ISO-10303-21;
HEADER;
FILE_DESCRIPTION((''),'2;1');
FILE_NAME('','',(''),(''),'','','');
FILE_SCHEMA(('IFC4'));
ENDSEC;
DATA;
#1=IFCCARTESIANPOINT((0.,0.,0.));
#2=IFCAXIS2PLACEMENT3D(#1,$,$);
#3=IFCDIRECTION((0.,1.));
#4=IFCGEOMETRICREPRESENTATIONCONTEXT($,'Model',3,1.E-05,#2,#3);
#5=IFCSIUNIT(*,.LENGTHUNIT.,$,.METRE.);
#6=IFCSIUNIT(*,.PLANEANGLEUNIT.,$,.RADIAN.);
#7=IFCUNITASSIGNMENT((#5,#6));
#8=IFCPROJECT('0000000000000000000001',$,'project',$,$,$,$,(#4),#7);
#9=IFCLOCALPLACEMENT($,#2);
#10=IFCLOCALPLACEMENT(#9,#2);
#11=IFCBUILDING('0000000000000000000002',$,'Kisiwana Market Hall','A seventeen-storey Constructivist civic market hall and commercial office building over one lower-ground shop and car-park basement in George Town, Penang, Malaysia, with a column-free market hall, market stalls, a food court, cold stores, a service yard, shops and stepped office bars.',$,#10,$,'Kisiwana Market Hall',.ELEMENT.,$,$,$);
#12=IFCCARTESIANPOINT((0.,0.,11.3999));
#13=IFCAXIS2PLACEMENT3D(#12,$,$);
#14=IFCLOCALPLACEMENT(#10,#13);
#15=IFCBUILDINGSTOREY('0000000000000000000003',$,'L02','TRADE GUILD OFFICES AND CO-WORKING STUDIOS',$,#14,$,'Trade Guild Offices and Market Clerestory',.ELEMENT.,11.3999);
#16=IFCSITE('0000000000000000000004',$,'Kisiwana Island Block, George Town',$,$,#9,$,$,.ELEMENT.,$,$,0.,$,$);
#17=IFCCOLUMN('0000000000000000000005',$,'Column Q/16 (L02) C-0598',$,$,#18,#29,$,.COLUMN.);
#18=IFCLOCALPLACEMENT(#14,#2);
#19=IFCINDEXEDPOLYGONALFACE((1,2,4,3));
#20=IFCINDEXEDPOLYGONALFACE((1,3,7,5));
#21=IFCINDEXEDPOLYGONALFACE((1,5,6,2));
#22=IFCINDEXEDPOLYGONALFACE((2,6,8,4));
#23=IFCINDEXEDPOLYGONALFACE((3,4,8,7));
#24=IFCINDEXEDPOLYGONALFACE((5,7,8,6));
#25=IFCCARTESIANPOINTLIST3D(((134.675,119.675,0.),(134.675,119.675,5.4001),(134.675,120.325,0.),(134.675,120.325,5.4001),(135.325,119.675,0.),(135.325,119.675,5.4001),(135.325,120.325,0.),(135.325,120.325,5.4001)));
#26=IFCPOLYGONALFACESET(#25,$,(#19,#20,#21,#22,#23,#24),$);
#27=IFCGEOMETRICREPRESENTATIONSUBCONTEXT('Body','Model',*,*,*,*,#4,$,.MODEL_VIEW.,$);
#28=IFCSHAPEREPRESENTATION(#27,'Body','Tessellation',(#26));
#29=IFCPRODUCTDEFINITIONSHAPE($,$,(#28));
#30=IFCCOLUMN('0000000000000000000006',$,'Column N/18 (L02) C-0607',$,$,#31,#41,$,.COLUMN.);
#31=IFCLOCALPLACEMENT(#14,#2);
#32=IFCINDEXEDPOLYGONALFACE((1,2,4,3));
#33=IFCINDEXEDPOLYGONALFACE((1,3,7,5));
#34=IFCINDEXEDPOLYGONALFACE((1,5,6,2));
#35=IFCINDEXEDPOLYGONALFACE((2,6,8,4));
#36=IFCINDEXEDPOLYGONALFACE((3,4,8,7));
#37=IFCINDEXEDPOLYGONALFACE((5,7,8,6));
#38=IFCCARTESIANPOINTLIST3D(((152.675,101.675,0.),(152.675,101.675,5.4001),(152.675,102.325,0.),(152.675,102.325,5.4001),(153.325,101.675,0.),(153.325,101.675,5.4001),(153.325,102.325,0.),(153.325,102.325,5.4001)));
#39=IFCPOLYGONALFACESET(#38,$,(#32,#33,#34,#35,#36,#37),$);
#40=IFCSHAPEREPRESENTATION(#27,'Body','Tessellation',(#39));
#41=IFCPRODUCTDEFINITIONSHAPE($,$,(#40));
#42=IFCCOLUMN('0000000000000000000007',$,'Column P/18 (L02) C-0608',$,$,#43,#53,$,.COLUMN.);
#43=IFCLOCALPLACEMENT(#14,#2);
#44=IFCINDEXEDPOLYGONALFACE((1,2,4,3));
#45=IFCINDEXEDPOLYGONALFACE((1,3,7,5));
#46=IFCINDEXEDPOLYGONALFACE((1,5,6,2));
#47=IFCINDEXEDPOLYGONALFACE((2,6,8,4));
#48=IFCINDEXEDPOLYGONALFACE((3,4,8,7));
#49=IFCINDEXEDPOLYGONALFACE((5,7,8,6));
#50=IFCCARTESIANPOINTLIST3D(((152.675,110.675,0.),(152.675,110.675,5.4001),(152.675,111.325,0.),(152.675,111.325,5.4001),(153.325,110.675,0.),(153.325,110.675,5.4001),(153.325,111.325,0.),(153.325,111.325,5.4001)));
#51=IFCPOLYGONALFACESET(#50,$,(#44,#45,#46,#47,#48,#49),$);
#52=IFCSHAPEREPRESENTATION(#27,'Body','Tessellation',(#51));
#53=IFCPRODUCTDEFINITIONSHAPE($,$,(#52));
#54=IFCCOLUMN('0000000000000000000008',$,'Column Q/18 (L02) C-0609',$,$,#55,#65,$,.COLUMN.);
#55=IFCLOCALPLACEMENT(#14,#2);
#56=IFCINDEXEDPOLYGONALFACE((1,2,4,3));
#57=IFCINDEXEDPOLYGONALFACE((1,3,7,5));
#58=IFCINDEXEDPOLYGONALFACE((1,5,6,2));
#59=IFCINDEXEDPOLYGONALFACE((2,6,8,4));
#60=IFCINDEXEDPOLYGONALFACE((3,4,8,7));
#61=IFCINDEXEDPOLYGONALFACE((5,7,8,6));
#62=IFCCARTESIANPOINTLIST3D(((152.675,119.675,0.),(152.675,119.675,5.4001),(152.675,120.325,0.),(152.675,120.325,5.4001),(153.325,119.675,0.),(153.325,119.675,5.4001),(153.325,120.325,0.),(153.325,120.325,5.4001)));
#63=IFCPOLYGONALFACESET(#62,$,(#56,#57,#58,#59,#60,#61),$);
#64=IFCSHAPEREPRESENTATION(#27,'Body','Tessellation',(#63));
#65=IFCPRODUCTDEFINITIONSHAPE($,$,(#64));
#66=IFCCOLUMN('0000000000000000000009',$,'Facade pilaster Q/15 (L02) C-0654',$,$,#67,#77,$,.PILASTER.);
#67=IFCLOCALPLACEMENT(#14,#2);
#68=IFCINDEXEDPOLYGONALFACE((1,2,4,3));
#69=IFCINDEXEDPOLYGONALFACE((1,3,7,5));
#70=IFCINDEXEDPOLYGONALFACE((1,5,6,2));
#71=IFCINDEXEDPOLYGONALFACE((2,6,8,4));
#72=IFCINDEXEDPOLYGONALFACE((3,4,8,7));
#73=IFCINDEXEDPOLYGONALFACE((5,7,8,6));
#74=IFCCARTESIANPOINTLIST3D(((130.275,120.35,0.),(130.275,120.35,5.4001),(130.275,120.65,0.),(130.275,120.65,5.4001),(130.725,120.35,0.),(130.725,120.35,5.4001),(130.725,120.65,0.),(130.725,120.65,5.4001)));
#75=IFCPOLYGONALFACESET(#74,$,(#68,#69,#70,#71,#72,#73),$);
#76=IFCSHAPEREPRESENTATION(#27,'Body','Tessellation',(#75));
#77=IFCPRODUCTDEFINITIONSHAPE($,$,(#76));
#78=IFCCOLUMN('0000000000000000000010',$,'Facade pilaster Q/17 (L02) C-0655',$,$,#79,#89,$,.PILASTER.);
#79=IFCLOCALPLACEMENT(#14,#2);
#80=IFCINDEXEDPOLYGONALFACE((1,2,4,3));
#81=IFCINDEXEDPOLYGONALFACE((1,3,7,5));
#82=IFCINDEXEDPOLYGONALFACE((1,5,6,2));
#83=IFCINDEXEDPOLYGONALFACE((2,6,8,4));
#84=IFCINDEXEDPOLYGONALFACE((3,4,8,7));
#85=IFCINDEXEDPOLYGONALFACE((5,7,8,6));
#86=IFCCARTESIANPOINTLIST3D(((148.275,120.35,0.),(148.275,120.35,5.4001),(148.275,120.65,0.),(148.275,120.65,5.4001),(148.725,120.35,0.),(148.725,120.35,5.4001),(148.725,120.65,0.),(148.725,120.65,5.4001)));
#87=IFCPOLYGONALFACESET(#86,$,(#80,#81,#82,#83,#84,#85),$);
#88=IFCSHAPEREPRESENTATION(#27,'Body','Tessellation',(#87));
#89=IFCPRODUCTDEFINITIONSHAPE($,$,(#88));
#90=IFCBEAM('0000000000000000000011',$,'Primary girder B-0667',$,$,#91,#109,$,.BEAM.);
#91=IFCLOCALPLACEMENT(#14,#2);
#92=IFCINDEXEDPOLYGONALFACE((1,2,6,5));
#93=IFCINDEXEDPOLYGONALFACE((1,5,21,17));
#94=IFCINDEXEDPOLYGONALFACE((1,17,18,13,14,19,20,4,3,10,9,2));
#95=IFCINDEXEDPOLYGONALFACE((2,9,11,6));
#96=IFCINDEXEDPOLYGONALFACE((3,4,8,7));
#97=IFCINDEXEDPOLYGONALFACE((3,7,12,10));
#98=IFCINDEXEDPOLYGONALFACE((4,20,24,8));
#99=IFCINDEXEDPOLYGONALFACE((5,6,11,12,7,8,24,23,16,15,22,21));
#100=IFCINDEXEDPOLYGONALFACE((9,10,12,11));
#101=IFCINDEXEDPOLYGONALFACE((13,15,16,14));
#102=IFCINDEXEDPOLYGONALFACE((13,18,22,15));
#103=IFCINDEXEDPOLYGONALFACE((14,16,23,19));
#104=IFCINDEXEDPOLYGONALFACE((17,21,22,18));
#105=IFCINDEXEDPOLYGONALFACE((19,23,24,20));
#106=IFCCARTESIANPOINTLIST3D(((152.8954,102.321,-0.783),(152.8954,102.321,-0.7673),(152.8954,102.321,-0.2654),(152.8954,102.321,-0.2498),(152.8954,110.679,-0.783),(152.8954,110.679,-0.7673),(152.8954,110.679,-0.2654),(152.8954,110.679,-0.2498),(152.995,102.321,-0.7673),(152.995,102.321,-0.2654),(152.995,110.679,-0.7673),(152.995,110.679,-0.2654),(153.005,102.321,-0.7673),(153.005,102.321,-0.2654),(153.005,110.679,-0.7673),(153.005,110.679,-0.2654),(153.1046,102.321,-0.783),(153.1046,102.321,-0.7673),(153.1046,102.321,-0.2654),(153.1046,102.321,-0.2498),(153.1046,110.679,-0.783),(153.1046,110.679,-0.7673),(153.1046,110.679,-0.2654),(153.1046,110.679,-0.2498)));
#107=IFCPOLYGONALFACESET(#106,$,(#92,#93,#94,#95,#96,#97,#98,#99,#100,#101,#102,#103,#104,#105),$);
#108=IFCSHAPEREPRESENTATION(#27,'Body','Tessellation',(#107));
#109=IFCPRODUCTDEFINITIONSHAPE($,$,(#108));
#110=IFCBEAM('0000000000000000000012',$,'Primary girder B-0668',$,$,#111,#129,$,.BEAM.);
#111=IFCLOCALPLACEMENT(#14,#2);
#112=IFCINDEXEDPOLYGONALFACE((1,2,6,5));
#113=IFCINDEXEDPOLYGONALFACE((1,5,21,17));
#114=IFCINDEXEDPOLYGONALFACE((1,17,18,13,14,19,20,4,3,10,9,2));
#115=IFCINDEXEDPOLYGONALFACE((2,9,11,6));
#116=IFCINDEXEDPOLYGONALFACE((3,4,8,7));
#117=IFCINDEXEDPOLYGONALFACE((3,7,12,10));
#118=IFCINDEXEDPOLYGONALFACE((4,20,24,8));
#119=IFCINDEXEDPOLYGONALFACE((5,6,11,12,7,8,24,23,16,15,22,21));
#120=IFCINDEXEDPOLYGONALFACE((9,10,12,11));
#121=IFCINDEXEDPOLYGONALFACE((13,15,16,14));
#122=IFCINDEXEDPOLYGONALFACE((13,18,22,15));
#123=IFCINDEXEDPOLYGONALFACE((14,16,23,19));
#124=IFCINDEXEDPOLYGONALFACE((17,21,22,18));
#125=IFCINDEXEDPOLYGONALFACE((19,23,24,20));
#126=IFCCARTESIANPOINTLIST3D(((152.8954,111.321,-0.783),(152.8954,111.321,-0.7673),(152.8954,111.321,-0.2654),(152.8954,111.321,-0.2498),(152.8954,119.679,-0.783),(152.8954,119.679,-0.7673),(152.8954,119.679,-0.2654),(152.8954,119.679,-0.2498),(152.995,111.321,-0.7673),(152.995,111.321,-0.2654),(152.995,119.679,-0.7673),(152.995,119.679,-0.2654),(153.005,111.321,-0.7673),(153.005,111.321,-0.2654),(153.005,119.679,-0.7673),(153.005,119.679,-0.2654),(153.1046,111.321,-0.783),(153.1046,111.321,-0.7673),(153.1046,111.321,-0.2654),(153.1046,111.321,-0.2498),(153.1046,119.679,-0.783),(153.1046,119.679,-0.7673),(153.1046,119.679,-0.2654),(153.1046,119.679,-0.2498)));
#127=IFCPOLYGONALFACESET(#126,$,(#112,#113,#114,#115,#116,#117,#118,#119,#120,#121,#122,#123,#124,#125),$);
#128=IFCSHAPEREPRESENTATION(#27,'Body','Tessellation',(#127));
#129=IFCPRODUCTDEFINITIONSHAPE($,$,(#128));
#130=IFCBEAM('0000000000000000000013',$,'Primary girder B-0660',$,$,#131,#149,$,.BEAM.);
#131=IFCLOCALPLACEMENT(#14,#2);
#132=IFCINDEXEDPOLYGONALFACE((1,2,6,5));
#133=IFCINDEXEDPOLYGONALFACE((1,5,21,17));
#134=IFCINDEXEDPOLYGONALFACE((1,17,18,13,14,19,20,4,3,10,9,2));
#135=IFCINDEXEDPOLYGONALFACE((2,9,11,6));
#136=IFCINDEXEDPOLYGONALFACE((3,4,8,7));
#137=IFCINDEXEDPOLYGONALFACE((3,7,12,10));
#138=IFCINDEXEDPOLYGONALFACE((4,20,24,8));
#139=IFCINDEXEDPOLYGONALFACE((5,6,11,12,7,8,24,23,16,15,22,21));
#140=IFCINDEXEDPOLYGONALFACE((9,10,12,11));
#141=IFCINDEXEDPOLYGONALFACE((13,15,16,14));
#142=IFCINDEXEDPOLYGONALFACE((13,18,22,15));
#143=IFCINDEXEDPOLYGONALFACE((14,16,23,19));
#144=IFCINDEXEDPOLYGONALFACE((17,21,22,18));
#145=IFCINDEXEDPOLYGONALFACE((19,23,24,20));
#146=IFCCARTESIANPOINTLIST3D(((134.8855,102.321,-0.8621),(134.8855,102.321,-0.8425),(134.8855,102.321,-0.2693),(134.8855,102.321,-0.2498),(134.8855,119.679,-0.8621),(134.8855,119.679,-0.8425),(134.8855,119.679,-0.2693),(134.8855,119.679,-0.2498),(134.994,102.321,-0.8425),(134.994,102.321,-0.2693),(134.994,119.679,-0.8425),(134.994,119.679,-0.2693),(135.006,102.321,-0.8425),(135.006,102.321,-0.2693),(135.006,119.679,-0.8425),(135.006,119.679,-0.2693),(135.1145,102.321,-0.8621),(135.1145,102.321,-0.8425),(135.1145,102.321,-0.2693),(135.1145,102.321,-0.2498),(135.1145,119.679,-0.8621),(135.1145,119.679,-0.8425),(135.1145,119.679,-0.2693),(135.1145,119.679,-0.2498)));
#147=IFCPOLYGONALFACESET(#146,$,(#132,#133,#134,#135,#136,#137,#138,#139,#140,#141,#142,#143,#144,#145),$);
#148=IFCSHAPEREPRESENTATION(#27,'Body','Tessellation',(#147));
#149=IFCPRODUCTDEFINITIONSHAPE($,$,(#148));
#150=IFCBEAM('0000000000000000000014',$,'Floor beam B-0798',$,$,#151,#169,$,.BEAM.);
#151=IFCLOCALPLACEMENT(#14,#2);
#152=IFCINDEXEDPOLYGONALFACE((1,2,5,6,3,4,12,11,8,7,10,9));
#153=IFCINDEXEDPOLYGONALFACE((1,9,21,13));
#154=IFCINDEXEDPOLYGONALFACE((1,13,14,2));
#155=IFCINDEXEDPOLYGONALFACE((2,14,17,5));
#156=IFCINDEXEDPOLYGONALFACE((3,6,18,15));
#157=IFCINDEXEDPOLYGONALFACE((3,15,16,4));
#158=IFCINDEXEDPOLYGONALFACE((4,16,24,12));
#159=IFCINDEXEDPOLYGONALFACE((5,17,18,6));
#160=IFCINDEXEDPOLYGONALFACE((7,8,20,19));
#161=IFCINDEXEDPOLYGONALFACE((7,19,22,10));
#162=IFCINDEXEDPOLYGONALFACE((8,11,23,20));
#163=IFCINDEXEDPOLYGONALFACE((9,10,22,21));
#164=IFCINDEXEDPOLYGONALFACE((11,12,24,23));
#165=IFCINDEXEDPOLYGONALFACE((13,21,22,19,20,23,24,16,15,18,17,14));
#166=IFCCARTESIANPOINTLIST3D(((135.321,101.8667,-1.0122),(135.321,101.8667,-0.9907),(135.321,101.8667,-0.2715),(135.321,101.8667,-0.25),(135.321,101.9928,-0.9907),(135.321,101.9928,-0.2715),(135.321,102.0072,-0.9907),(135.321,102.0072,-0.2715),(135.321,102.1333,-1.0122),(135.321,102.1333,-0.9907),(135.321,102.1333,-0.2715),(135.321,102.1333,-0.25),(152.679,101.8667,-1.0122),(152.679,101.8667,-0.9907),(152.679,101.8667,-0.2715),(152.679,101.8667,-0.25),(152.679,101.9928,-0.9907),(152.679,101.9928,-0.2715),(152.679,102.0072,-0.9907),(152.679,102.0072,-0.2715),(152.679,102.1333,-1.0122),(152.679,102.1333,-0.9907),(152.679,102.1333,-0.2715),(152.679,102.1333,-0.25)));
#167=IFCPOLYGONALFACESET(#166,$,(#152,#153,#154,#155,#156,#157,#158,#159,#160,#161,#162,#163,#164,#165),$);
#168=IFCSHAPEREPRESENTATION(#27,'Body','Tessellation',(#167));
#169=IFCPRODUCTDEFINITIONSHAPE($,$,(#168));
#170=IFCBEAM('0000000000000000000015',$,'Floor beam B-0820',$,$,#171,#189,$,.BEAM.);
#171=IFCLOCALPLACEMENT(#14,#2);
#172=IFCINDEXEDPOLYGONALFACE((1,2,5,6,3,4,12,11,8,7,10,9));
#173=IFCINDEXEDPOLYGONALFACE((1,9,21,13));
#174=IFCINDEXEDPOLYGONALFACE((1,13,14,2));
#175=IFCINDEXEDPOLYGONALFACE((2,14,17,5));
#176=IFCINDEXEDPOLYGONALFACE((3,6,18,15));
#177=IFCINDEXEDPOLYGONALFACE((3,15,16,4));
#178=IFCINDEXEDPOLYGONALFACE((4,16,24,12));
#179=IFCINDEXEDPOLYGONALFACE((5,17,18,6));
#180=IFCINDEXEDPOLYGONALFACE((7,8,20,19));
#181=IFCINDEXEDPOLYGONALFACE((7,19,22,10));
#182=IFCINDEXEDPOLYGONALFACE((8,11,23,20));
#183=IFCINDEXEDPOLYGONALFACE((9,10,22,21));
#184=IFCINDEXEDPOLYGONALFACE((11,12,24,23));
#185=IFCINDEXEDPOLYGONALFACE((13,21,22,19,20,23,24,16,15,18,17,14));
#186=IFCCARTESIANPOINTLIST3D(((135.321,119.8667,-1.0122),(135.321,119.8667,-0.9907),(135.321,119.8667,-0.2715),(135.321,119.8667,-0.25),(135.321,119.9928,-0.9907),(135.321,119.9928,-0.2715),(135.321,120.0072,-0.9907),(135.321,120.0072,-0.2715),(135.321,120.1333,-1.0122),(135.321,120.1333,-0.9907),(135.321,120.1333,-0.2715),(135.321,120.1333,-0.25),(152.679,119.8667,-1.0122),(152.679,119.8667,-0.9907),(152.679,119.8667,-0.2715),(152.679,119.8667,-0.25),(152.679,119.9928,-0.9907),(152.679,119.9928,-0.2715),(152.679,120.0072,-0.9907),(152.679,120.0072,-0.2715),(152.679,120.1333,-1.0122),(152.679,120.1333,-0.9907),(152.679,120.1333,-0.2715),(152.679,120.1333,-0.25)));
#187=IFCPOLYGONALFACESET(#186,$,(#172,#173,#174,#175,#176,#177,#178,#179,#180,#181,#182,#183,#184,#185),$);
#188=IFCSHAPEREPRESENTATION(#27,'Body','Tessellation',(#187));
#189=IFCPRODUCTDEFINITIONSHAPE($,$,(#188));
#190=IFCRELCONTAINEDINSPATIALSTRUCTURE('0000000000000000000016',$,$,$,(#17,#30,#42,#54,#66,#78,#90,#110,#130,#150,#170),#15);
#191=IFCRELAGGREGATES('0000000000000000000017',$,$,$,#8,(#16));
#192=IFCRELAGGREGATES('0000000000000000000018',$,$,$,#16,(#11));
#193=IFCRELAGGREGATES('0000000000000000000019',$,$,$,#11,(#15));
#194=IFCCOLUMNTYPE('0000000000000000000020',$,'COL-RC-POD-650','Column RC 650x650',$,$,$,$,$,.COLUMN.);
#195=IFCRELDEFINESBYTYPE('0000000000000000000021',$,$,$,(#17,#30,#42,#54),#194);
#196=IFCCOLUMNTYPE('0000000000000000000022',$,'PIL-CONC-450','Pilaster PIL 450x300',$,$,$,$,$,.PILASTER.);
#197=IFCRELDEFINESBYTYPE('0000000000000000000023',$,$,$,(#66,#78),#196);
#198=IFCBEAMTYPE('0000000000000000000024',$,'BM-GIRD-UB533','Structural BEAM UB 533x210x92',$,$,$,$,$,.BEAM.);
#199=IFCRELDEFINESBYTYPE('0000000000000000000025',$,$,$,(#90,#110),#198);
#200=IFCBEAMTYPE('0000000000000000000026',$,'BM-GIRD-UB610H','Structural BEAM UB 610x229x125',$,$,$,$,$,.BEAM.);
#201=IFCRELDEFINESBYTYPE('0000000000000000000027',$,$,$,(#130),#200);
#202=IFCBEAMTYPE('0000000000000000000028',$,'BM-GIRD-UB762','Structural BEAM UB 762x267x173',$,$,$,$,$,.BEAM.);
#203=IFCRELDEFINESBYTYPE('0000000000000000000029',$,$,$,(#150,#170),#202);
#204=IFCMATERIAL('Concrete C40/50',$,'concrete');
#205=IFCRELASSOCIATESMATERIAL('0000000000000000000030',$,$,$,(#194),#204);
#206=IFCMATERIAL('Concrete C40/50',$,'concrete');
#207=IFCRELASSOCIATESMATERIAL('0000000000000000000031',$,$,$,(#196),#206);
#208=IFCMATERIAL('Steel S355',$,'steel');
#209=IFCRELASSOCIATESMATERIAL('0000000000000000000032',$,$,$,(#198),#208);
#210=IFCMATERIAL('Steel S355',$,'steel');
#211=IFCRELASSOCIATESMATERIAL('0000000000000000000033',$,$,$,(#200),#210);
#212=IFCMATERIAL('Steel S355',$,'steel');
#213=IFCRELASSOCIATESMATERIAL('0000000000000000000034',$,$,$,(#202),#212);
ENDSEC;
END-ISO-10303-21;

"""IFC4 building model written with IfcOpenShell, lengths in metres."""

from ifc_helpers import new_model, si_unit, direction, frame, origin, origin_2d, place, context, subcontext, project, spatial, rectangle, i_section, extrude, material, material_profile, profile_set, type_object, element, save


model = new_model("IFC4")

# Units and contexts
model_context = context("Model", 3, precision=1e-05, world=origin(), true_north=direction((0.0, 1.0)))
body_context = subcontext(model_context, "Body", "Model", "MODEL_VIEW")
ifc_project = project(units=[si_unit("LENGTHUNIT", "METRE"), si_unit("PLANEANGLEUNIT", "RADIAN")], contexts=[model_context])

# Site, building, storey
site_placement = place(None, origin())
site = spatial("IfcSite", under=ifc_project, at=site_placement, Name="Kisiwana Island Block, George Town", CompositionType="ELEMENT", RefElevation=0.0)
building_placement = place(site_placement, origin())
building = spatial("IfcBuilding", under=site, at=building_placement, Name="Kisiwana Market Hall", Description="A seventeen-storey Constructivist civic market hall and commercial office building over one lower-ground shop and car-park basement in George Town, Penang, Malaysia, with a column-free market hall, market stalls, a food court, cold stores, a service yard, shops and stepped office bars.", LongName="Kisiwana Market Hall", CompositionType="ELEMENT")
storey_placement = place(building_placement, frame((0.0, 0.0, 11.3999)))
storey = spatial("IfcBuildingStorey", under=building, at=storey_placement, Name="L02", Description="TRADE GUILD OFFICES AND CO-WORKING STUDIOS", LongName="Trade Guild Offices and Market Clerestory", CompositionType="ELEMENT", Elevation=11.3999)

# Columns
ifc_material_1 = material(Name="Concrete C40/50", Category="concrete")
ifc_material_profile_1 = material_profile(ifc_material_1, rectangle(XDim=0.6499, YDim=0.6499, at=origin_2d()), Name="RC 650x650")
ifc_profile_set_1 = profile_set([ifc_material_profile_1], Name="Concrete C40/50")
column_type_1 = type_object("IfcColumnType", Name="COL-RC-POD-650", Description="Column RC 650x650", PredefinedType="COLUMN", material=ifc_profile_set_1)
for number, where, z_axis, x_axis, name in (
    (1, (135.0, 120.0, 0.0), (0.0, 0.0, 1.0), (1.0, 0.0, 0.0), "Column Q/16 (L02) C-0598"),
    (2, (153.0, 102.0, 0.0), (0.0, 0.0, 1.0), (1.0, 0.0, 0.0), "Column N/18 (L02) C-0607"),
    (3, (153.0, 111.0, 0.0), (0.0, 0.0, 1.0), (1.0, 0.0, 0.0), "Column P/18 (L02) C-0608"),
    (4, (153.0, 120.0, 0.0), (0.0, 0.0, 1.0), (1.0, 0.0, 0.0), "Column Q/18 (L02) C-0609"),
):
    element("IfcColumn", number, at=place(storey_placement, frame(where, z_axis=z_axis, x_axis=x_axis)), inside=storey, type_object=column_type_1, Name=name, PredefinedType="COLUMN", context=body_context, shape_type="SweptSolid", body=[
        extrude(rectangle(XDim=0.6499, YDim=0.6499, at=origin_2d()), origin(), (0.0, 0.0, 1.0), 5.4001),
    ])
ifc_material_2 = material(Name="Concrete C40/50", Category="concrete")
ifc_material_profile_2 = material_profile(ifc_material_2, rectangle(XDim=0.45, YDim=0.3, at=origin_2d()), Name="PIL 450x300")
ifc_profile_set_2 = profile_set([ifc_material_profile_2], Name="Concrete C40/50")
column_type_2 = type_object("IfcColumnType", Name="PIL-CONC-450", Description="Pilaster PIL 450x300", PredefinedType="PILASTER", material=ifc_profile_set_2)
for number, where, z_axis, x_axis, name in (
    (5, (130.5, 120.5, 0.0), (0.0, 0.0, 1.0), (1.0, 0.0, 0.0), "Facade pilaster Q/15 (L02) C-0654"),
    (6, (148.5, 120.5, 0.0), (0.0, 0.0, 1.0), (1.0, 0.0, 0.0), "Facade pilaster Q/17 (L02) C-0655"),
):
    element("IfcColumn", number, at=place(storey_placement, frame(where, z_axis=z_axis, x_axis=x_axis)), inside=storey, type_object=column_type_2, Name=name, PredefinedType="PILASTER", context=body_context, shape_type="SweptSolid", body=[
        extrude(rectangle(XDim=0.45, YDim=0.3, at=origin_2d()), origin(), (0.0, 0.0, 1.0), 5.4001),
    ])

# Beams
ifc_material_3 = material(Name="Steel S355", Category="steel")
ifc_material_profile_3 = material_profile(ifc_material_3, i_section(OverallWidth=0.2092, OverallDepth=0.5332, WebThickness=0.01, FlangeThickness=0.0156, at=origin_2d()), Name="UB 533x210x92")
ifc_profile_set_3 = profile_set([ifc_material_profile_3], Name="Steel S355")
beam_type_1 = type_object("IfcBeamType", Name="BM-GIRD-UB533", Description="Structural BEAM UB 533x210x92", PredefinedType="BEAM", material=ifc_profile_set_3)
for number, where, z_axis, x_axis, name in (
    (7, (153.0, 102.321, -0.5164), (0.0, 1.0, 0.0), (-1.0, 0.0, 0.0), "Primary girder B-0667"),
    (8, (153.0, 111.321, -0.5164), (0.0, 1.0, 0.0), (-1.0, 0.0, 0.0), "Primary girder B-0668"),
):
    element("IfcBeam", number, at=place(storey_placement, frame(where, z_axis=z_axis, x_axis=x_axis)), inside=storey, type_object=beam_type_1, Name=name, PredefinedType="BEAM", context=body_context, shape_type="SweptSolid", body=[
        extrude(i_section(OverallWidth=0.2092, OverallDepth=0.5332, WebThickness=0.01, FlangeThickness=0.0156, at=origin_2d()), origin(), (0.0, 0.0, 1.0), 8.3579),
    ])
ifc_material_4 = material(Name="Steel S355", Category="steel")
ifc_material_profile_4 = material_profile(ifc_material_4, i_section(OverallWidth=0.229, OverallDepth=0.6123, WebThickness=0.012, FlangeThickness=0.0195, at=origin_2d()), Name="UB 610x229x125")
ifc_profile_set_4 = profile_set([ifc_material_profile_4], Name="Steel S355")
beam_type_2 = type_object("IfcBeamType", Name="BM-GIRD-UB610H", Description="Structural BEAM UB 610x229x125", PredefinedType="BEAM", material=ifc_profile_set_4)
beam_placement = place(storey_placement, frame((135.0, 102.321, -0.5559), z_axis=(0.0, 1.0, 0.0), x_axis=(-1.0, 0.0, 0.0)))
element("IfcBeam", 9, at=beam_placement, inside=storey, type_object=beam_type_2, Name="Primary girder B-0660", PredefinedType="BEAM", context=body_context, shape_type="SweptSolid", body=[
    extrude(i_section(OverallWidth=0.229, OverallDepth=0.6123, WebThickness=0.012, FlangeThickness=0.0195, at=origin_2d()), origin(), (0.0, 0.0, 1.0), 17.3579),
])
ifc_material_5 = material(Name="Steel S355", Category="steel")
ifc_material_profile_5 = material_profile(ifc_material_5, i_section(OverallWidth=0.2666, OverallDepth=0.7622, WebThickness=0.0144, FlangeThickness=0.0215, at=origin_2d()), Name="UB 762x267x173")
ifc_profile_set_5 = profile_set([ifc_material_profile_5], Name="Steel S355")
beam_type_3 = type_object("IfcBeamType", Name="BM-GIRD-UB762", Description="Structural BEAM UB 762x267x173", PredefinedType="BEAM", material=ifc_profile_set_5)
for number, where, z_axis, x_axis, name in (
    (10, (135.321, 102.0, -0.6311), (1.0, 0.0, 0.0), (0.0, 1.0, 0.0), "Floor beam B-0798"),
    (11, (135.321, 120.0, -0.6311), (1.0, 0.0, 0.0), (0.0, 1.0, 0.0), "Floor beam B-0820"),
):
    element("IfcBeam", number, at=place(storey_placement, frame(where, z_axis=z_axis, x_axis=x_axis)), inside=storey, type_object=beam_type_3, Name=name, PredefinedType="BEAM", context=body_context, shape_type="SweptSolid", body=[
        extrude(i_section(OverallWidth=0.2666, OverallDepth=0.7622, WebThickness=0.0144, FlangeThickness=0.0215, at=origin_2d()), origin(), (0.0, 0.0, 1.0), 17.3579),
    ])

save(model, "model.ifc")
